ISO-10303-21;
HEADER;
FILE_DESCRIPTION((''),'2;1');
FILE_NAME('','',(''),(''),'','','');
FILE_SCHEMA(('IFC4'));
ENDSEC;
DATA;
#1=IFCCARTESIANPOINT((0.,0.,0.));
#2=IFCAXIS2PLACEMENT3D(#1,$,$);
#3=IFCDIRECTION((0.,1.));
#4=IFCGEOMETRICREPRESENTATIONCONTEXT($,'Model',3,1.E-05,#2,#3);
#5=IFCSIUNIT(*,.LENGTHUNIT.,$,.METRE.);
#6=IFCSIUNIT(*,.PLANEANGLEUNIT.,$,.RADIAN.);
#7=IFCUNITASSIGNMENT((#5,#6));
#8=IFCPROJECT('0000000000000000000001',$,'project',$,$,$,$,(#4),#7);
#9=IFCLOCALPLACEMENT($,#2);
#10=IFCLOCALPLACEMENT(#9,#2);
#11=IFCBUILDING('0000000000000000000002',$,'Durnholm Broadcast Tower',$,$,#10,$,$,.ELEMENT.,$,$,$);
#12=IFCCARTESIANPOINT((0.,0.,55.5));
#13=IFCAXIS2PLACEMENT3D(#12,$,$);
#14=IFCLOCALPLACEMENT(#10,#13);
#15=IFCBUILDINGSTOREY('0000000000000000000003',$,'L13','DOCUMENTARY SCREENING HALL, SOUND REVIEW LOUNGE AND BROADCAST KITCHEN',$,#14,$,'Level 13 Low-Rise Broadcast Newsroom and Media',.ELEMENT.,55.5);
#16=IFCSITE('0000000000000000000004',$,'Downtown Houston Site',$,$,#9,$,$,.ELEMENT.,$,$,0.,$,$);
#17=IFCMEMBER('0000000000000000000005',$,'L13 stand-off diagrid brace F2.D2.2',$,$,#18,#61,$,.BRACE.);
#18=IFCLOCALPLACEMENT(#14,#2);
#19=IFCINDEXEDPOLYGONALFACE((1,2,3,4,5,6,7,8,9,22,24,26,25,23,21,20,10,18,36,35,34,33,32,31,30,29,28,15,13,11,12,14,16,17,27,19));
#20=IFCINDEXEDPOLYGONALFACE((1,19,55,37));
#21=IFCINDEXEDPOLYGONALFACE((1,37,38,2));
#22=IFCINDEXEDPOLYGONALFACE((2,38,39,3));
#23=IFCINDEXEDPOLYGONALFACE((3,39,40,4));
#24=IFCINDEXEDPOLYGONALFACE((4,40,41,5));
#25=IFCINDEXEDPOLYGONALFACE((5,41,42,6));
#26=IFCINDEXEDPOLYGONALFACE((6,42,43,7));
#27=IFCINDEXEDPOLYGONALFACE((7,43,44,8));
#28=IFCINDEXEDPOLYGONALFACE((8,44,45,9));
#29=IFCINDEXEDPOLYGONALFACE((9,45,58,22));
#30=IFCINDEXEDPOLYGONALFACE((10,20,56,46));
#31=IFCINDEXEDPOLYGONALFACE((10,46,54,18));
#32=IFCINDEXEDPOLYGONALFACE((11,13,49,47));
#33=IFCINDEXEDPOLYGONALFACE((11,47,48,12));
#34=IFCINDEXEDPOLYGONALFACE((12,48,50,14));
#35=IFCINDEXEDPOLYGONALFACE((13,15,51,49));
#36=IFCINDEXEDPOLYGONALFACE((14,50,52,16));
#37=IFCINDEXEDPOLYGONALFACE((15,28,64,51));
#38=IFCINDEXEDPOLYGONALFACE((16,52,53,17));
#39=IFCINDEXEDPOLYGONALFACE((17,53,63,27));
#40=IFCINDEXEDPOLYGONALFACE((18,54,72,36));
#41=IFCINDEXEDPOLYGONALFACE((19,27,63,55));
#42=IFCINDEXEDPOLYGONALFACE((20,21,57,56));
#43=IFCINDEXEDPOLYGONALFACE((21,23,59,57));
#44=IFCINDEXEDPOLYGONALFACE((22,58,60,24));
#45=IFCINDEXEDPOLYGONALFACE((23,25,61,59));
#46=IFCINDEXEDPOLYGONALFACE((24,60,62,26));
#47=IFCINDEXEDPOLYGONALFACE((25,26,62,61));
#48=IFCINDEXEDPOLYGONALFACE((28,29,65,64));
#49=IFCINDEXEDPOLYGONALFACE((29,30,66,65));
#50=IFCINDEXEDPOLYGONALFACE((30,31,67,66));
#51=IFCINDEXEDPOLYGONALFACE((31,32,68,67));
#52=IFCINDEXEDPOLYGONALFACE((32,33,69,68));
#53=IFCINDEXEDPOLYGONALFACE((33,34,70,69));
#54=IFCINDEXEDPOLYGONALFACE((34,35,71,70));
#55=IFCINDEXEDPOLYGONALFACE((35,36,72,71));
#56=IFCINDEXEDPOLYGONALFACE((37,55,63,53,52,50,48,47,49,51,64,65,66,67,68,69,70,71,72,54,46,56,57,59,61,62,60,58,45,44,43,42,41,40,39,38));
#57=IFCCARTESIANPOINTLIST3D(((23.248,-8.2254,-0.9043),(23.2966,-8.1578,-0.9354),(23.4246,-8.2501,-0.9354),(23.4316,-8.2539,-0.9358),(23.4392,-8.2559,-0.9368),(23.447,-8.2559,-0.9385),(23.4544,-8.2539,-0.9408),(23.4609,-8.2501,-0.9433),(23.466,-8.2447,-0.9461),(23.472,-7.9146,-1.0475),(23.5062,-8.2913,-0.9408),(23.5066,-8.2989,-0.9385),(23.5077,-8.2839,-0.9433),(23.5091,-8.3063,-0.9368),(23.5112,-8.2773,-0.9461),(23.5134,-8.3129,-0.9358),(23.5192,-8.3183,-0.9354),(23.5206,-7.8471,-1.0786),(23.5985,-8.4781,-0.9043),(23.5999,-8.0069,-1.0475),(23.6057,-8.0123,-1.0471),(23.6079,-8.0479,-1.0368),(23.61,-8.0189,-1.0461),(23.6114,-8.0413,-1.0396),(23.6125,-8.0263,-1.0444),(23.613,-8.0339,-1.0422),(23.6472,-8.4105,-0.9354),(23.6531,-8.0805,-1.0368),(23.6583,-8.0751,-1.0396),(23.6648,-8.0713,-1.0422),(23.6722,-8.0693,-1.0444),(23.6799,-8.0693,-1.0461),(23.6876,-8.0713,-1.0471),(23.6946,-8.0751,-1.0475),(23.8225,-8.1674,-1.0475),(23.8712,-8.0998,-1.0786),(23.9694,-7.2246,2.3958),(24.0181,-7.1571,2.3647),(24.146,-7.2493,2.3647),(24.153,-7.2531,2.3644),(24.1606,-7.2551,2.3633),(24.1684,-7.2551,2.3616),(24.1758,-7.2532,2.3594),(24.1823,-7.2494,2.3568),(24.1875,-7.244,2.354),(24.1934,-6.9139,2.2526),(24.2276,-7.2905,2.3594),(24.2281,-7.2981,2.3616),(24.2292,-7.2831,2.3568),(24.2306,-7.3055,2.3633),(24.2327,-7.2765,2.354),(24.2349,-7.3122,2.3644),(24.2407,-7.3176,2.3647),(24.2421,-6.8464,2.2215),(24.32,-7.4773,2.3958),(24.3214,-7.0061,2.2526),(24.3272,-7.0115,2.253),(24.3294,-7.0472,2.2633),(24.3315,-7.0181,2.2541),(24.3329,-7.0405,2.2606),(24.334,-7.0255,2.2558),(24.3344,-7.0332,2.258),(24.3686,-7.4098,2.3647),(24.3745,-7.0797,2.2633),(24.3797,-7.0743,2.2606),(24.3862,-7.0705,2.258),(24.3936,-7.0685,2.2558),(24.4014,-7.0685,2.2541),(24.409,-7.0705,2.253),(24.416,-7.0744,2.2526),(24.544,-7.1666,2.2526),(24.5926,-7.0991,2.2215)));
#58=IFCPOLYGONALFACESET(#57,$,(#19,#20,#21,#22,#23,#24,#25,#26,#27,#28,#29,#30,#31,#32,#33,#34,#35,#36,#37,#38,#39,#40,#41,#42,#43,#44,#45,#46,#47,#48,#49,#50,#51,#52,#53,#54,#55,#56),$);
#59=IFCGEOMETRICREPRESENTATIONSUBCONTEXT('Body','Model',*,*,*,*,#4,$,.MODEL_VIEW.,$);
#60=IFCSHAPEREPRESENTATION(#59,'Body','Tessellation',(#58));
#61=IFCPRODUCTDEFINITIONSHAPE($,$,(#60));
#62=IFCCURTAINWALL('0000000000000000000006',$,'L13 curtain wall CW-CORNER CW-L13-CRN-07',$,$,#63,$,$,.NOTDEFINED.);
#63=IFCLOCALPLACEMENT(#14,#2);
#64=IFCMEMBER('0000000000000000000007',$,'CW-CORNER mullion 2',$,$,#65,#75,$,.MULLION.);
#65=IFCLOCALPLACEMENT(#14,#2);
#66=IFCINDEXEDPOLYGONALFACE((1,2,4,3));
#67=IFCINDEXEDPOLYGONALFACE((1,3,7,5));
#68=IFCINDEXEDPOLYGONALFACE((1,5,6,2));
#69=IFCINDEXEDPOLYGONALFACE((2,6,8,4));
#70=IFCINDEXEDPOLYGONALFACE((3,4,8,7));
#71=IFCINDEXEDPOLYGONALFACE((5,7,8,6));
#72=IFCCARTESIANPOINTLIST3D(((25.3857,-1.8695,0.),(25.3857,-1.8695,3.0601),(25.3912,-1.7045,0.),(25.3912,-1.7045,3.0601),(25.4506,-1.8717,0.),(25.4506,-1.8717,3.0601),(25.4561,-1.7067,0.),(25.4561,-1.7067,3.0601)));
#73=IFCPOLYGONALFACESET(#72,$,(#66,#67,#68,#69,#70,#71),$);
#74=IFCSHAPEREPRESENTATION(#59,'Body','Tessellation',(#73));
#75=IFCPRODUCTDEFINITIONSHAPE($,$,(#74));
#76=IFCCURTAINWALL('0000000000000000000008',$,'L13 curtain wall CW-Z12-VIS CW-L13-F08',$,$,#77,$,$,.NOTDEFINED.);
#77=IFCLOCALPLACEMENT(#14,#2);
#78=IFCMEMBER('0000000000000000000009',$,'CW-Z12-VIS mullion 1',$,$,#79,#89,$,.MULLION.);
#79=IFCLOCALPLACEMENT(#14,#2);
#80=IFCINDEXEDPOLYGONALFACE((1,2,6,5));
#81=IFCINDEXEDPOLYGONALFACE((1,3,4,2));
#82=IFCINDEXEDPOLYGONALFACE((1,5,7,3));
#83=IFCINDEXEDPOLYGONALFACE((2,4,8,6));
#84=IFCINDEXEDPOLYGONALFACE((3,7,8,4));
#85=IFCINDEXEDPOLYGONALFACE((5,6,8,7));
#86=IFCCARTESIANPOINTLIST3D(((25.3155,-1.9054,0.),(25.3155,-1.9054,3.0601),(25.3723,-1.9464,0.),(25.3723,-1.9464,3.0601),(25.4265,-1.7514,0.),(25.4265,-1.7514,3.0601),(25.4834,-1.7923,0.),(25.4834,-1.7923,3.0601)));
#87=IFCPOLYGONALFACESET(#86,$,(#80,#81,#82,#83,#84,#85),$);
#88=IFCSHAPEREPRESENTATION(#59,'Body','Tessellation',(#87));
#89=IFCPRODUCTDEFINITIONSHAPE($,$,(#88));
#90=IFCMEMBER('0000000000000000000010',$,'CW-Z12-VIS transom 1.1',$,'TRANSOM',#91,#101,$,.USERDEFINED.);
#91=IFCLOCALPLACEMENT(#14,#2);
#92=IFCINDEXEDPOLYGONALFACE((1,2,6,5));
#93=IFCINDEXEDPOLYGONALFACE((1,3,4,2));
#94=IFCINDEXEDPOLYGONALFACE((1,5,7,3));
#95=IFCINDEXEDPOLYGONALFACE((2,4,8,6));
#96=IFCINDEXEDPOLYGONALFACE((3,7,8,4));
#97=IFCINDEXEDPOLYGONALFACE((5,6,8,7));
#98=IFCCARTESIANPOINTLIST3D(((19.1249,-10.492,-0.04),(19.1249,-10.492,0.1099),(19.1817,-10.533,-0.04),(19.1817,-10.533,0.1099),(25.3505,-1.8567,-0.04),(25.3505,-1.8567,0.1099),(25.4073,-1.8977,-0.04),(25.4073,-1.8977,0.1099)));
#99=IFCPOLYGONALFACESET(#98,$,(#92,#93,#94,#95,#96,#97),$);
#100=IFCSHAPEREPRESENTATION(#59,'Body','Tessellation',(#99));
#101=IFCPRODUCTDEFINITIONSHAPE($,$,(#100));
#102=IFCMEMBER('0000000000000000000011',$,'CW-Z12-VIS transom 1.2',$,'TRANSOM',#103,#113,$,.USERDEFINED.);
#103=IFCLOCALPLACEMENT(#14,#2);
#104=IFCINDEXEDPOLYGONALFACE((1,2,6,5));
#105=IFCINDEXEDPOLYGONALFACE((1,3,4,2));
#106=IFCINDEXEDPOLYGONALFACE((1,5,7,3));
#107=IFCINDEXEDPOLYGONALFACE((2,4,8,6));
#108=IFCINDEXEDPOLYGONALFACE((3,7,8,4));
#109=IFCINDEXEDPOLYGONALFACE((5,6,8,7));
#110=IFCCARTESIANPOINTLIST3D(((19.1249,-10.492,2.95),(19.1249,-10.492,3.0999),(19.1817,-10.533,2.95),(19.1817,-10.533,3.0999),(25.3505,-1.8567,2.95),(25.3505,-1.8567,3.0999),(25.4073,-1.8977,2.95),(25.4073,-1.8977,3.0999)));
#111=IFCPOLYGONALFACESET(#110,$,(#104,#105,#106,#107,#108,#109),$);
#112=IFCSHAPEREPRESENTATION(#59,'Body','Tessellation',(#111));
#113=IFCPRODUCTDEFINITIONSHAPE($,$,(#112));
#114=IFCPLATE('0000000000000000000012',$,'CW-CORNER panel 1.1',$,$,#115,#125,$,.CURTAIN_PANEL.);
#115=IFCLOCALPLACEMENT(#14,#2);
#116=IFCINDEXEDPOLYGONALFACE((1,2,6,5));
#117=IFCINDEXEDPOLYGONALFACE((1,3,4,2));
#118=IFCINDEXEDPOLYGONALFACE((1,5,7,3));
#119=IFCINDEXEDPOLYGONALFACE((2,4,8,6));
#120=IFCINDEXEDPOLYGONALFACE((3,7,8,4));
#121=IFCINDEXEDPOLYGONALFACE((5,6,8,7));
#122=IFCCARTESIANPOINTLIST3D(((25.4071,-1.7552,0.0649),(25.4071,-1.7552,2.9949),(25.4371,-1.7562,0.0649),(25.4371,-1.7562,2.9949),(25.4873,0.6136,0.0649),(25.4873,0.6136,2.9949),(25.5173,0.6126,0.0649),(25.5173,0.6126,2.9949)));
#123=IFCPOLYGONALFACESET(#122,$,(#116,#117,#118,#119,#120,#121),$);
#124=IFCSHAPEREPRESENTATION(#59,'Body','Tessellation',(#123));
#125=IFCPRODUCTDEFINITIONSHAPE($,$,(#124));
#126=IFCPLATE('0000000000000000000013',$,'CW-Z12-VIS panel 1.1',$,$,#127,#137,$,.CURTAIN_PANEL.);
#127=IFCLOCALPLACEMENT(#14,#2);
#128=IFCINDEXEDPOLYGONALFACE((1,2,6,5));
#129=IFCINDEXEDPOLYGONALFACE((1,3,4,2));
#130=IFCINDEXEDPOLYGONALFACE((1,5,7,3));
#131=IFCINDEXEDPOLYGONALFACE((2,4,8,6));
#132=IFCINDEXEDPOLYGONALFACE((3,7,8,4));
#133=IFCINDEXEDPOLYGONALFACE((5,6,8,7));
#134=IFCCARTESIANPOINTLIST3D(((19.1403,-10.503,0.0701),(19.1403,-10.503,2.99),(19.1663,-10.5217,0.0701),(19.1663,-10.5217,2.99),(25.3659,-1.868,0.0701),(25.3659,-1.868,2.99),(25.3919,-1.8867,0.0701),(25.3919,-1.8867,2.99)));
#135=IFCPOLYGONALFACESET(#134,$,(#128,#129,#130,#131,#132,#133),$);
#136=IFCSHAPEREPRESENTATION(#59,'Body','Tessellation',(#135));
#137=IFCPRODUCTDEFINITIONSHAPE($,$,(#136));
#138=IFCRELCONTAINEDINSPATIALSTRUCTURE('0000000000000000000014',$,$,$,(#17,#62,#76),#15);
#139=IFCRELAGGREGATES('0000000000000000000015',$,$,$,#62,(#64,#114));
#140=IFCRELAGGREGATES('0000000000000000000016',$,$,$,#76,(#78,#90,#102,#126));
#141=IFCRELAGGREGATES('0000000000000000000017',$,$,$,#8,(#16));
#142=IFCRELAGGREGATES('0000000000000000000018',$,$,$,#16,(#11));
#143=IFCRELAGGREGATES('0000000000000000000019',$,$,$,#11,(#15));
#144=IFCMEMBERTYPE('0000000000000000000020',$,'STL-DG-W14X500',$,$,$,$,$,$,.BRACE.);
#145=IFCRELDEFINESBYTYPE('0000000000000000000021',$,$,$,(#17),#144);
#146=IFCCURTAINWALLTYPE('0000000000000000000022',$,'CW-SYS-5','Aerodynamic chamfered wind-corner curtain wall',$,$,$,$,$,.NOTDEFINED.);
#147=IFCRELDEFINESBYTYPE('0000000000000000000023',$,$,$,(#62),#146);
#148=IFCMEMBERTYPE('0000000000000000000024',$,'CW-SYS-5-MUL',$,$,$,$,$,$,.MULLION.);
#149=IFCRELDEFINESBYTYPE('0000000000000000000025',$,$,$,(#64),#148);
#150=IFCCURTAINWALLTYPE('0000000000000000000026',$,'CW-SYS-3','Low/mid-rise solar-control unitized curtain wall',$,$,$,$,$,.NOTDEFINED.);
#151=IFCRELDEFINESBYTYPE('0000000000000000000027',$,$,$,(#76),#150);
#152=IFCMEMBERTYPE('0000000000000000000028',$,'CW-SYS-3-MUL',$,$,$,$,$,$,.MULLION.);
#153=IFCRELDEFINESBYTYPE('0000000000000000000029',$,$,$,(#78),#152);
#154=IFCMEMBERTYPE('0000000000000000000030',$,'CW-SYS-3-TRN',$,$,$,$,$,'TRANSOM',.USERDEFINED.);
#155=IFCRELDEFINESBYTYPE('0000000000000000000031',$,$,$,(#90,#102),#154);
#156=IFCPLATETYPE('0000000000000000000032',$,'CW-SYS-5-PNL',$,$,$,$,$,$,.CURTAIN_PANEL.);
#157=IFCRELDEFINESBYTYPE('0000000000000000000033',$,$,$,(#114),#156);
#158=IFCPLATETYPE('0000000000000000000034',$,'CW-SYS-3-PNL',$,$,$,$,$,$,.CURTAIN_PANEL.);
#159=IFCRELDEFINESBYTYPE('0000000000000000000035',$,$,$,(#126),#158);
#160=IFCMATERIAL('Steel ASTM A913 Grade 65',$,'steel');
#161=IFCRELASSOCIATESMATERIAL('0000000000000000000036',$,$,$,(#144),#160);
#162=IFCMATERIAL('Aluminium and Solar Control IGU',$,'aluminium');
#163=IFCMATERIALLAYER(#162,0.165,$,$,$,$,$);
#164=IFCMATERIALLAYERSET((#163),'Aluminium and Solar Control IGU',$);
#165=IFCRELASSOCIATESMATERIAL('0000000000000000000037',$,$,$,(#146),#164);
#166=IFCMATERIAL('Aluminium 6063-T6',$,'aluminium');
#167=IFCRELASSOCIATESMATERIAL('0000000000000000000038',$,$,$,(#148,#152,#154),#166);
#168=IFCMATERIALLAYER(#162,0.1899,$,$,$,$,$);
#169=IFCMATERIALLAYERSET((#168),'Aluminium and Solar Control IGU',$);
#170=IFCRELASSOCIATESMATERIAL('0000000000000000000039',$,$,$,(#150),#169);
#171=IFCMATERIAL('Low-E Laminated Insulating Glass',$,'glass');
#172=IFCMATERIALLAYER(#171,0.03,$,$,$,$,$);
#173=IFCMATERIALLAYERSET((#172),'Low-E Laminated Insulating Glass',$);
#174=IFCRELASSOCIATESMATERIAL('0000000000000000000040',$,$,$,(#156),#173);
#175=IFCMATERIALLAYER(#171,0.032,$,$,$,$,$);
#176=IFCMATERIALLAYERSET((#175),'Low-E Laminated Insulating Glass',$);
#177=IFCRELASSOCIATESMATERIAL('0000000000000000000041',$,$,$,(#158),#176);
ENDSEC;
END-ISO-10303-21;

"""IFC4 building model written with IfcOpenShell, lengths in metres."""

from ifc_helpers import new_model, si_unit, direction, frame, origin, origin_2d, place, context, subcontext, project, spatial, rectangle, i_section, extrude, source, transform, mapped, material, layer, layer_set, material_profile, profile_set, type_object, type_shapes, element, aggregate, save


model = new_model("IFC4")

# Units and contexts
model_context = context("Model", 3, precision=1e-05, world=origin(), true_north=direction((0.0, 1.0)))
body_context = subcontext(model_context, "Body", "Model", "MODEL_VIEW")
ifc_project = project(units=[si_unit("LENGTHUNIT", "METRE"), si_unit("PLANEANGLEUNIT", "RADIAN")], contexts=[model_context])

# Site, building, storey
site_placement = place(None, origin())
site = spatial("IfcSite", under=ifc_project, at=site_placement, Name="Downtown Houston Site", CompositionType="ELEMENT", RefElevation=0.0)
building_placement = place(site_placement, origin())
building = spatial("IfcBuilding", under=site, at=building_placement, Name="Durnholm Broadcast Tower", CompositionType="ELEMENT")
storey_placement = place(building_placement, frame((0.0, 0.0, 55.5)))
storey = spatial("IfcBuildingStorey", under=building, at=storey_placement, Name="L13", Description="DOCUMENTARY SCREENING HALL, SOUND REVIEW LOUNGE AND BROADCAST KITCHEN", LongName="Level 13 Low-Rise Broadcast Newsroom and Media", CompositionType="ELEMENT", Elevation=55.5)

# Member
ifc_material_1 = material(Name="Steel ASTM A913 Grade 65", Category="steel")
ifc_material_profile_1 = material_profile(ifc_material_1, i_section(OverallWidth=0.4321, OverallDepth=0.4978, WebThickness=0.0557, FlangeThickness=0.0889, FilletRadius=0.0305, at=origin_2d()), Name="W14X500")
ifc_profile_set_1 = profile_set([ifc_material_profile_1], Name="Steel ASTM A913 Grade 65")
member_type_1 = type_object("IfcMemberType", Name="STL-DG-W14X500", PredefinedType="BRACE", material=ifc_profile_set_1)
shared_shape_1 = source(origin(), body_context, "Body", "SweptSolid", [
    extrude(i_section(OverallWidth=0.4321, OverallDepth=0.4978, WebThickness=0.0557, FlangeThickness=0.0889, FilletRadius=0.0305, at=origin_2d()), origin(), (0.0, 0.0, 1.0), 3.5232),
])
type_shapes(member_type_1, [shared_shape_1])
for number, where, z_axis, x_axis, name in (
    (1, (23.5596, -8.1626, -0.9915), (0.204773, 0.284049, 0.936688), (-0.811185, 0.584789, 0.0), "L13 stand-off diagrid brace F2.D2.2"),
):
    element("IfcMember", number, at=place(storey_placement, frame(where, z_axis=z_axis, x_axis=x_axis)), inside=storey, type_object=member_type_1, Name=name, PredefinedType="BRACE", context=body_context, shape_type="MappedRepresentation", body=[
        mapped(shared_shape_1, transform((0.0, 0.0, 0.0), x_axis=(1.0, 0.0, 0.0), y_axis=(0.0, 1.0, 0.0), z_axis=(0.0, 0.0, 1.0), scale=1.0)),
    ])

# Curtain wall, member
ifc_material_2 = material(Name="Aluminium and Solar Control IGU", Category="aluminium")
ifc_layer_1 = layer(ifc_material_2, 0.165)
ifc_layer_set_1 = layer_set([ifc_layer_1], Name="Aluminium and Solar Control IGU")
curtain_wall_type_1 = type_object("IfcCurtainWallType", Name="CW-SYS-5", Description="Aerodynamic chamfered wind-corner curtain wall", PredefinedType="NOTDEFINED", material=ifc_layer_set_1)
curtain_wall_1_placement = place(storey_placement, origin())
curtain_wall_1 = element("IfcCurtainWall", 2, at=curtain_wall_1_placement, inside=storey, type_object=curtain_wall_type_1, Name="L13 curtain wall CW-CORNER CW-L13-CRN-07", PredefinedType="NOTDEFINED")
ifc_material_3 = material(Name="Aluminium 6063-T6", Category="aluminium")
ifc_material_profile_2 = material_profile(ifc_material_3, rectangle(XDim=0.0649, YDim=0.165, at=origin_2d()), Name="CWM65X165")
ifc_profile_set_2 = profile_set([ifc_material_profile_2], Name="Aluminium 6063-T6")
member_type_2 = type_object("IfcMemberType", Name="CW-SYS-5-MUL", PredefinedType="MULLION", material=ifc_profile_set_2)
shared_shape_2 = source(origin(), body_context, "Body", "SweptSolid", [
    extrude(rectangle(XDim=0.0649, YDim=0.165, at=origin_2d()), origin(), (0.0, 0.0, 1.0), 3.0601),
])
type_shapes(member_type_2, [shared_shape_2])
member_1_placement = place(storey_placement, frame((25.4209, -1.7881, 0.0), z_axis=(0.0, 0.0, 1.0), x_axis=(0.999427, -0.03384, 0.0)))
member_1 = element("IfcMember", 3, at=member_1_placement, type_object=member_type_2, Name="CW-CORNER mullion 2", PredefinedType="MULLION", context=body_context, shape_type="MappedRepresentation", body=[
    mapped(shared_shape_2, transform((0.0, 0.0, 0.0), x_axis=(1.0, 0.0, 0.0), y_axis=(0.0, 1.0, 0.0), z_axis=(0.0, 0.0, 1.0), scale=1.0)),
])

# Curtain wall, members
ifc_layer_2 = layer(ifc_material_2, 0.1899)
ifc_layer_set_2 = layer_set([ifc_layer_2], Name="Aluminium and Solar Control IGU")
curtain_wall_type_2 = type_object("IfcCurtainWallType", Name="CW-SYS-3", Description="Low/mid-rise solar-control unitized curtain wall", PredefinedType="NOTDEFINED", material=ifc_layer_set_2)
curtain_wall_2_placement = place(storey_placement, origin())
curtain_wall_2 = element("IfcCurtainWall", 4, at=curtain_wall_2_placement, inside=storey, type_object=curtain_wall_type_2, Name="L13 curtain wall CW-Z12-VIS CW-L13-F08", PredefinedType="NOTDEFINED")
ifc_material_profile_3 = material_profile(ifc_material_3, rectangle(XDim=0.0701, YDim=0.1899, at=origin_2d()), Name="CWM70X190")
ifc_profile_set_3 = profile_set([ifc_material_profile_3], Name="Aluminium 6063-T6")
member_type_3 = type_object("IfcMemberType", Name="CW-SYS-3-MUL", PredefinedType="MULLION", material=ifc_profile_set_3)
shared_shape_3 = source(origin(), body_context, "Body", "SweptSolid", [
    extrude(rectangle(XDim=0.0701, YDim=0.1899, at=origin_2d()), origin(), (0.0, 0.0, 1.0), 3.0601),
])
type_shapes(member_type_3, [shared_shape_3])
member_2_placement = place(storey_placement, frame((25.3994, -1.8489, 0.0), z_axis=(0.0, 0.0, 1.0), x_axis=(0.811161, -0.584823, 0.0)))
member_2 = element("IfcMember", 5, at=member_2_placement, type_object=member_type_3, Name="CW-Z12-VIS mullion 1", PredefinedType="MULLION", context=body_context, shape_type="MappedRepresentation", body=[
    mapped(shared_shape_3, transform((0.0, 0.0, 0.0), x_axis=(1.0, 0.0, 0.0), y_axis=(0.0, 1.0, 0.0), z_axis=(0.0, 0.0, 1.0), scale=1.0)),
])
ifc_material_profile_4 = material_profile(ifc_material_3, rectangle(XDim=0.0701, YDim=0.1499, at=origin_2d()), Name="CWT70X150")
ifc_profile_set_4 = profile_set([ifc_material_profile_4], Name="Aluminium 6063-T6")
member_type_4 = type_object("IfcMemberType", Name="CW-SYS-3-TRN", ElementType="TRANSOM", PredefinedType="USERDEFINED", material=ifc_profile_set_4)
shared_shape_4 = source(origin(), body_context, "Body", "SweptSolid", [
    extrude(rectangle(XDim=0.0701, YDim=0.1499, at=origin_2d()), origin(), (0.0, 0.0, 1.0), 10.6455),
])
type_shapes(member_type_4, [shared_shape_4])
member_3_placement = place(storey_placement, frame((25.3789, -1.8772, 0.0349), z_axis=(-0.584812, -0.811169, 0.0), x_axis=(0.811169, -0.584812, 0.0)))
member_3 = element("IfcMember", 6, at=member_3_placement, type_object=member_type_4, Name="CW-Z12-VIS transom 1.1", ObjectType="TRANSOM", PredefinedType="USERDEFINED", context=body_context, shape_type="MappedRepresentation", body=[
    mapped(shared_shape_4, transform((0.0, 0.0, 0.0), x_axis=(1.0, 0.0, 0.0), y_axis=(0.0, 1.0, 0.0), z_axis=(0.0, 0.0, 1.0), scale=1.0)),
])
member_4_placement = place(storey_placement, frame((25.3789, -1.8772, 3.0249), z_axis=(-0.584812, -0.811169, 0.0), x_axis=(0.811169, -0.584812, 0.0)))
member_4 = element("IfcMember", 7, at=member_4_placement, type_object=member_type_4, Name="CW-Z12-VIS transom 1.2", ObjectType="TRANSOM", PredefinedType="USERDEFINED", context=body_context, shape_type="MappedRepresentation", body=[
    mapped(shared_shape_4, transform((0.0, 0.0, 0.0), x_axis=(1.0, 0.0, 0.0), y_axis=(0.0, 1.0, 0.0), z_axis=(0.0, 0.0, 1.0), scale=1.0)),
])

# Plates
ifc_material_4 = material(Name="Low-E Laminated Insulating Glass", Category="glass")
ifc_layer_3 = layer(ifc_material_4, 0.03)
ifc_layer_set_3 = layer_set([ifc_layer_3], Name="Low-E Laminated Insulating Glass")
plate_type_1 = type_object("IfcPlateType", Name="CW-SYS-5-PNL", PredefinedType="CURTAIN_PANEL", material=ifc_layer_set_3)
shared_shape_5 = source(origin(), body_context, "Body", "SweptSolid", [
    extrude(rectangle(XDim=2.3701, YDim=0.03, at=origin_2d()), origin(), (0.0, 0.0, 1.0), 2.9299),
])
type_shapes(plate_type_1, [shared_shape_5])
plate_1_placement = place(storey_placement, frame((25.4622, -0.5713, 0.0649), z_axis=(0.0, 0.0, 1.0), x_axis=(-0.03384, -0.999427, 0.0)))
plate_1 = element("IfcPlate", 8, at=plate_1_placement, type_object=plate_type_1, Name="CW-CORNER panel 1.1", PredefinedType="CURTAIN_PANEL", context=body_context, shape_type="MappedRepresentation", body=[
    mapped(shared_shape_5, transform((0.0, 0.0, 0.0), x_axis=(1.0, 0.0, 0.0), y_axis=(0.0, 1.0, 0.0), z_axis=(0.0, 0.0, 1.0), scale=1.0)),
])
aggregate(curtain_wall_1, [member_1, plate_1])
ifc_layer_4 = layer(ifc_material_4, 0.032)
ifc_layer_set_4 = layer_set([ifc_layer_4], Name="Low-E Laminated Insulating Glass")
plate_type_2 = type_object("IfcPlateType", Name="CW-SYS-3-PNL", PredefinedType="CURTAIN_PANEL", material=ifc_layer_set_4)
shared_shape_6 = source(origin(), body_context, "Body", "SweptSolid", [
    extrude(rectangle(XDim=10.6453, YDim=0.032, at=origin_2d()), origin(), (0.0, 0.0, 1.0), 2.9199),
])
type_shapes(plate_type_2, [shared_shape_6])
plate_2_placement = place(storey_placement, frame((22.2661, -6.1948, 0.0701), z_axis=(0.0, 0.0, 1.0), x_axis=(-0.584823, -0.811161, 0.0)))
plate_2 = element("IfcPlate", 9, at=plate_2_placement, type_object=plate_type_2, Name="CW-Z12-VIS panel 1.1", PredefinedType="CURTAIN_PANEL", context=body_context, shape_type="MappedRepresentation", body=[
    mapped(shared_shape_6, transform((0.0, 0.0, 0.0), x_axis=(1.0, 0.0, 0.0), y_axis=(0.0, 1.0, 0.0), z_axis=(0.0, 0.0, 1.0), scale=1.0)),
])
aggregate(curtain_wall_2, [member_2, member_3, member_4, plate_2])

save(model, "model.ifc")
